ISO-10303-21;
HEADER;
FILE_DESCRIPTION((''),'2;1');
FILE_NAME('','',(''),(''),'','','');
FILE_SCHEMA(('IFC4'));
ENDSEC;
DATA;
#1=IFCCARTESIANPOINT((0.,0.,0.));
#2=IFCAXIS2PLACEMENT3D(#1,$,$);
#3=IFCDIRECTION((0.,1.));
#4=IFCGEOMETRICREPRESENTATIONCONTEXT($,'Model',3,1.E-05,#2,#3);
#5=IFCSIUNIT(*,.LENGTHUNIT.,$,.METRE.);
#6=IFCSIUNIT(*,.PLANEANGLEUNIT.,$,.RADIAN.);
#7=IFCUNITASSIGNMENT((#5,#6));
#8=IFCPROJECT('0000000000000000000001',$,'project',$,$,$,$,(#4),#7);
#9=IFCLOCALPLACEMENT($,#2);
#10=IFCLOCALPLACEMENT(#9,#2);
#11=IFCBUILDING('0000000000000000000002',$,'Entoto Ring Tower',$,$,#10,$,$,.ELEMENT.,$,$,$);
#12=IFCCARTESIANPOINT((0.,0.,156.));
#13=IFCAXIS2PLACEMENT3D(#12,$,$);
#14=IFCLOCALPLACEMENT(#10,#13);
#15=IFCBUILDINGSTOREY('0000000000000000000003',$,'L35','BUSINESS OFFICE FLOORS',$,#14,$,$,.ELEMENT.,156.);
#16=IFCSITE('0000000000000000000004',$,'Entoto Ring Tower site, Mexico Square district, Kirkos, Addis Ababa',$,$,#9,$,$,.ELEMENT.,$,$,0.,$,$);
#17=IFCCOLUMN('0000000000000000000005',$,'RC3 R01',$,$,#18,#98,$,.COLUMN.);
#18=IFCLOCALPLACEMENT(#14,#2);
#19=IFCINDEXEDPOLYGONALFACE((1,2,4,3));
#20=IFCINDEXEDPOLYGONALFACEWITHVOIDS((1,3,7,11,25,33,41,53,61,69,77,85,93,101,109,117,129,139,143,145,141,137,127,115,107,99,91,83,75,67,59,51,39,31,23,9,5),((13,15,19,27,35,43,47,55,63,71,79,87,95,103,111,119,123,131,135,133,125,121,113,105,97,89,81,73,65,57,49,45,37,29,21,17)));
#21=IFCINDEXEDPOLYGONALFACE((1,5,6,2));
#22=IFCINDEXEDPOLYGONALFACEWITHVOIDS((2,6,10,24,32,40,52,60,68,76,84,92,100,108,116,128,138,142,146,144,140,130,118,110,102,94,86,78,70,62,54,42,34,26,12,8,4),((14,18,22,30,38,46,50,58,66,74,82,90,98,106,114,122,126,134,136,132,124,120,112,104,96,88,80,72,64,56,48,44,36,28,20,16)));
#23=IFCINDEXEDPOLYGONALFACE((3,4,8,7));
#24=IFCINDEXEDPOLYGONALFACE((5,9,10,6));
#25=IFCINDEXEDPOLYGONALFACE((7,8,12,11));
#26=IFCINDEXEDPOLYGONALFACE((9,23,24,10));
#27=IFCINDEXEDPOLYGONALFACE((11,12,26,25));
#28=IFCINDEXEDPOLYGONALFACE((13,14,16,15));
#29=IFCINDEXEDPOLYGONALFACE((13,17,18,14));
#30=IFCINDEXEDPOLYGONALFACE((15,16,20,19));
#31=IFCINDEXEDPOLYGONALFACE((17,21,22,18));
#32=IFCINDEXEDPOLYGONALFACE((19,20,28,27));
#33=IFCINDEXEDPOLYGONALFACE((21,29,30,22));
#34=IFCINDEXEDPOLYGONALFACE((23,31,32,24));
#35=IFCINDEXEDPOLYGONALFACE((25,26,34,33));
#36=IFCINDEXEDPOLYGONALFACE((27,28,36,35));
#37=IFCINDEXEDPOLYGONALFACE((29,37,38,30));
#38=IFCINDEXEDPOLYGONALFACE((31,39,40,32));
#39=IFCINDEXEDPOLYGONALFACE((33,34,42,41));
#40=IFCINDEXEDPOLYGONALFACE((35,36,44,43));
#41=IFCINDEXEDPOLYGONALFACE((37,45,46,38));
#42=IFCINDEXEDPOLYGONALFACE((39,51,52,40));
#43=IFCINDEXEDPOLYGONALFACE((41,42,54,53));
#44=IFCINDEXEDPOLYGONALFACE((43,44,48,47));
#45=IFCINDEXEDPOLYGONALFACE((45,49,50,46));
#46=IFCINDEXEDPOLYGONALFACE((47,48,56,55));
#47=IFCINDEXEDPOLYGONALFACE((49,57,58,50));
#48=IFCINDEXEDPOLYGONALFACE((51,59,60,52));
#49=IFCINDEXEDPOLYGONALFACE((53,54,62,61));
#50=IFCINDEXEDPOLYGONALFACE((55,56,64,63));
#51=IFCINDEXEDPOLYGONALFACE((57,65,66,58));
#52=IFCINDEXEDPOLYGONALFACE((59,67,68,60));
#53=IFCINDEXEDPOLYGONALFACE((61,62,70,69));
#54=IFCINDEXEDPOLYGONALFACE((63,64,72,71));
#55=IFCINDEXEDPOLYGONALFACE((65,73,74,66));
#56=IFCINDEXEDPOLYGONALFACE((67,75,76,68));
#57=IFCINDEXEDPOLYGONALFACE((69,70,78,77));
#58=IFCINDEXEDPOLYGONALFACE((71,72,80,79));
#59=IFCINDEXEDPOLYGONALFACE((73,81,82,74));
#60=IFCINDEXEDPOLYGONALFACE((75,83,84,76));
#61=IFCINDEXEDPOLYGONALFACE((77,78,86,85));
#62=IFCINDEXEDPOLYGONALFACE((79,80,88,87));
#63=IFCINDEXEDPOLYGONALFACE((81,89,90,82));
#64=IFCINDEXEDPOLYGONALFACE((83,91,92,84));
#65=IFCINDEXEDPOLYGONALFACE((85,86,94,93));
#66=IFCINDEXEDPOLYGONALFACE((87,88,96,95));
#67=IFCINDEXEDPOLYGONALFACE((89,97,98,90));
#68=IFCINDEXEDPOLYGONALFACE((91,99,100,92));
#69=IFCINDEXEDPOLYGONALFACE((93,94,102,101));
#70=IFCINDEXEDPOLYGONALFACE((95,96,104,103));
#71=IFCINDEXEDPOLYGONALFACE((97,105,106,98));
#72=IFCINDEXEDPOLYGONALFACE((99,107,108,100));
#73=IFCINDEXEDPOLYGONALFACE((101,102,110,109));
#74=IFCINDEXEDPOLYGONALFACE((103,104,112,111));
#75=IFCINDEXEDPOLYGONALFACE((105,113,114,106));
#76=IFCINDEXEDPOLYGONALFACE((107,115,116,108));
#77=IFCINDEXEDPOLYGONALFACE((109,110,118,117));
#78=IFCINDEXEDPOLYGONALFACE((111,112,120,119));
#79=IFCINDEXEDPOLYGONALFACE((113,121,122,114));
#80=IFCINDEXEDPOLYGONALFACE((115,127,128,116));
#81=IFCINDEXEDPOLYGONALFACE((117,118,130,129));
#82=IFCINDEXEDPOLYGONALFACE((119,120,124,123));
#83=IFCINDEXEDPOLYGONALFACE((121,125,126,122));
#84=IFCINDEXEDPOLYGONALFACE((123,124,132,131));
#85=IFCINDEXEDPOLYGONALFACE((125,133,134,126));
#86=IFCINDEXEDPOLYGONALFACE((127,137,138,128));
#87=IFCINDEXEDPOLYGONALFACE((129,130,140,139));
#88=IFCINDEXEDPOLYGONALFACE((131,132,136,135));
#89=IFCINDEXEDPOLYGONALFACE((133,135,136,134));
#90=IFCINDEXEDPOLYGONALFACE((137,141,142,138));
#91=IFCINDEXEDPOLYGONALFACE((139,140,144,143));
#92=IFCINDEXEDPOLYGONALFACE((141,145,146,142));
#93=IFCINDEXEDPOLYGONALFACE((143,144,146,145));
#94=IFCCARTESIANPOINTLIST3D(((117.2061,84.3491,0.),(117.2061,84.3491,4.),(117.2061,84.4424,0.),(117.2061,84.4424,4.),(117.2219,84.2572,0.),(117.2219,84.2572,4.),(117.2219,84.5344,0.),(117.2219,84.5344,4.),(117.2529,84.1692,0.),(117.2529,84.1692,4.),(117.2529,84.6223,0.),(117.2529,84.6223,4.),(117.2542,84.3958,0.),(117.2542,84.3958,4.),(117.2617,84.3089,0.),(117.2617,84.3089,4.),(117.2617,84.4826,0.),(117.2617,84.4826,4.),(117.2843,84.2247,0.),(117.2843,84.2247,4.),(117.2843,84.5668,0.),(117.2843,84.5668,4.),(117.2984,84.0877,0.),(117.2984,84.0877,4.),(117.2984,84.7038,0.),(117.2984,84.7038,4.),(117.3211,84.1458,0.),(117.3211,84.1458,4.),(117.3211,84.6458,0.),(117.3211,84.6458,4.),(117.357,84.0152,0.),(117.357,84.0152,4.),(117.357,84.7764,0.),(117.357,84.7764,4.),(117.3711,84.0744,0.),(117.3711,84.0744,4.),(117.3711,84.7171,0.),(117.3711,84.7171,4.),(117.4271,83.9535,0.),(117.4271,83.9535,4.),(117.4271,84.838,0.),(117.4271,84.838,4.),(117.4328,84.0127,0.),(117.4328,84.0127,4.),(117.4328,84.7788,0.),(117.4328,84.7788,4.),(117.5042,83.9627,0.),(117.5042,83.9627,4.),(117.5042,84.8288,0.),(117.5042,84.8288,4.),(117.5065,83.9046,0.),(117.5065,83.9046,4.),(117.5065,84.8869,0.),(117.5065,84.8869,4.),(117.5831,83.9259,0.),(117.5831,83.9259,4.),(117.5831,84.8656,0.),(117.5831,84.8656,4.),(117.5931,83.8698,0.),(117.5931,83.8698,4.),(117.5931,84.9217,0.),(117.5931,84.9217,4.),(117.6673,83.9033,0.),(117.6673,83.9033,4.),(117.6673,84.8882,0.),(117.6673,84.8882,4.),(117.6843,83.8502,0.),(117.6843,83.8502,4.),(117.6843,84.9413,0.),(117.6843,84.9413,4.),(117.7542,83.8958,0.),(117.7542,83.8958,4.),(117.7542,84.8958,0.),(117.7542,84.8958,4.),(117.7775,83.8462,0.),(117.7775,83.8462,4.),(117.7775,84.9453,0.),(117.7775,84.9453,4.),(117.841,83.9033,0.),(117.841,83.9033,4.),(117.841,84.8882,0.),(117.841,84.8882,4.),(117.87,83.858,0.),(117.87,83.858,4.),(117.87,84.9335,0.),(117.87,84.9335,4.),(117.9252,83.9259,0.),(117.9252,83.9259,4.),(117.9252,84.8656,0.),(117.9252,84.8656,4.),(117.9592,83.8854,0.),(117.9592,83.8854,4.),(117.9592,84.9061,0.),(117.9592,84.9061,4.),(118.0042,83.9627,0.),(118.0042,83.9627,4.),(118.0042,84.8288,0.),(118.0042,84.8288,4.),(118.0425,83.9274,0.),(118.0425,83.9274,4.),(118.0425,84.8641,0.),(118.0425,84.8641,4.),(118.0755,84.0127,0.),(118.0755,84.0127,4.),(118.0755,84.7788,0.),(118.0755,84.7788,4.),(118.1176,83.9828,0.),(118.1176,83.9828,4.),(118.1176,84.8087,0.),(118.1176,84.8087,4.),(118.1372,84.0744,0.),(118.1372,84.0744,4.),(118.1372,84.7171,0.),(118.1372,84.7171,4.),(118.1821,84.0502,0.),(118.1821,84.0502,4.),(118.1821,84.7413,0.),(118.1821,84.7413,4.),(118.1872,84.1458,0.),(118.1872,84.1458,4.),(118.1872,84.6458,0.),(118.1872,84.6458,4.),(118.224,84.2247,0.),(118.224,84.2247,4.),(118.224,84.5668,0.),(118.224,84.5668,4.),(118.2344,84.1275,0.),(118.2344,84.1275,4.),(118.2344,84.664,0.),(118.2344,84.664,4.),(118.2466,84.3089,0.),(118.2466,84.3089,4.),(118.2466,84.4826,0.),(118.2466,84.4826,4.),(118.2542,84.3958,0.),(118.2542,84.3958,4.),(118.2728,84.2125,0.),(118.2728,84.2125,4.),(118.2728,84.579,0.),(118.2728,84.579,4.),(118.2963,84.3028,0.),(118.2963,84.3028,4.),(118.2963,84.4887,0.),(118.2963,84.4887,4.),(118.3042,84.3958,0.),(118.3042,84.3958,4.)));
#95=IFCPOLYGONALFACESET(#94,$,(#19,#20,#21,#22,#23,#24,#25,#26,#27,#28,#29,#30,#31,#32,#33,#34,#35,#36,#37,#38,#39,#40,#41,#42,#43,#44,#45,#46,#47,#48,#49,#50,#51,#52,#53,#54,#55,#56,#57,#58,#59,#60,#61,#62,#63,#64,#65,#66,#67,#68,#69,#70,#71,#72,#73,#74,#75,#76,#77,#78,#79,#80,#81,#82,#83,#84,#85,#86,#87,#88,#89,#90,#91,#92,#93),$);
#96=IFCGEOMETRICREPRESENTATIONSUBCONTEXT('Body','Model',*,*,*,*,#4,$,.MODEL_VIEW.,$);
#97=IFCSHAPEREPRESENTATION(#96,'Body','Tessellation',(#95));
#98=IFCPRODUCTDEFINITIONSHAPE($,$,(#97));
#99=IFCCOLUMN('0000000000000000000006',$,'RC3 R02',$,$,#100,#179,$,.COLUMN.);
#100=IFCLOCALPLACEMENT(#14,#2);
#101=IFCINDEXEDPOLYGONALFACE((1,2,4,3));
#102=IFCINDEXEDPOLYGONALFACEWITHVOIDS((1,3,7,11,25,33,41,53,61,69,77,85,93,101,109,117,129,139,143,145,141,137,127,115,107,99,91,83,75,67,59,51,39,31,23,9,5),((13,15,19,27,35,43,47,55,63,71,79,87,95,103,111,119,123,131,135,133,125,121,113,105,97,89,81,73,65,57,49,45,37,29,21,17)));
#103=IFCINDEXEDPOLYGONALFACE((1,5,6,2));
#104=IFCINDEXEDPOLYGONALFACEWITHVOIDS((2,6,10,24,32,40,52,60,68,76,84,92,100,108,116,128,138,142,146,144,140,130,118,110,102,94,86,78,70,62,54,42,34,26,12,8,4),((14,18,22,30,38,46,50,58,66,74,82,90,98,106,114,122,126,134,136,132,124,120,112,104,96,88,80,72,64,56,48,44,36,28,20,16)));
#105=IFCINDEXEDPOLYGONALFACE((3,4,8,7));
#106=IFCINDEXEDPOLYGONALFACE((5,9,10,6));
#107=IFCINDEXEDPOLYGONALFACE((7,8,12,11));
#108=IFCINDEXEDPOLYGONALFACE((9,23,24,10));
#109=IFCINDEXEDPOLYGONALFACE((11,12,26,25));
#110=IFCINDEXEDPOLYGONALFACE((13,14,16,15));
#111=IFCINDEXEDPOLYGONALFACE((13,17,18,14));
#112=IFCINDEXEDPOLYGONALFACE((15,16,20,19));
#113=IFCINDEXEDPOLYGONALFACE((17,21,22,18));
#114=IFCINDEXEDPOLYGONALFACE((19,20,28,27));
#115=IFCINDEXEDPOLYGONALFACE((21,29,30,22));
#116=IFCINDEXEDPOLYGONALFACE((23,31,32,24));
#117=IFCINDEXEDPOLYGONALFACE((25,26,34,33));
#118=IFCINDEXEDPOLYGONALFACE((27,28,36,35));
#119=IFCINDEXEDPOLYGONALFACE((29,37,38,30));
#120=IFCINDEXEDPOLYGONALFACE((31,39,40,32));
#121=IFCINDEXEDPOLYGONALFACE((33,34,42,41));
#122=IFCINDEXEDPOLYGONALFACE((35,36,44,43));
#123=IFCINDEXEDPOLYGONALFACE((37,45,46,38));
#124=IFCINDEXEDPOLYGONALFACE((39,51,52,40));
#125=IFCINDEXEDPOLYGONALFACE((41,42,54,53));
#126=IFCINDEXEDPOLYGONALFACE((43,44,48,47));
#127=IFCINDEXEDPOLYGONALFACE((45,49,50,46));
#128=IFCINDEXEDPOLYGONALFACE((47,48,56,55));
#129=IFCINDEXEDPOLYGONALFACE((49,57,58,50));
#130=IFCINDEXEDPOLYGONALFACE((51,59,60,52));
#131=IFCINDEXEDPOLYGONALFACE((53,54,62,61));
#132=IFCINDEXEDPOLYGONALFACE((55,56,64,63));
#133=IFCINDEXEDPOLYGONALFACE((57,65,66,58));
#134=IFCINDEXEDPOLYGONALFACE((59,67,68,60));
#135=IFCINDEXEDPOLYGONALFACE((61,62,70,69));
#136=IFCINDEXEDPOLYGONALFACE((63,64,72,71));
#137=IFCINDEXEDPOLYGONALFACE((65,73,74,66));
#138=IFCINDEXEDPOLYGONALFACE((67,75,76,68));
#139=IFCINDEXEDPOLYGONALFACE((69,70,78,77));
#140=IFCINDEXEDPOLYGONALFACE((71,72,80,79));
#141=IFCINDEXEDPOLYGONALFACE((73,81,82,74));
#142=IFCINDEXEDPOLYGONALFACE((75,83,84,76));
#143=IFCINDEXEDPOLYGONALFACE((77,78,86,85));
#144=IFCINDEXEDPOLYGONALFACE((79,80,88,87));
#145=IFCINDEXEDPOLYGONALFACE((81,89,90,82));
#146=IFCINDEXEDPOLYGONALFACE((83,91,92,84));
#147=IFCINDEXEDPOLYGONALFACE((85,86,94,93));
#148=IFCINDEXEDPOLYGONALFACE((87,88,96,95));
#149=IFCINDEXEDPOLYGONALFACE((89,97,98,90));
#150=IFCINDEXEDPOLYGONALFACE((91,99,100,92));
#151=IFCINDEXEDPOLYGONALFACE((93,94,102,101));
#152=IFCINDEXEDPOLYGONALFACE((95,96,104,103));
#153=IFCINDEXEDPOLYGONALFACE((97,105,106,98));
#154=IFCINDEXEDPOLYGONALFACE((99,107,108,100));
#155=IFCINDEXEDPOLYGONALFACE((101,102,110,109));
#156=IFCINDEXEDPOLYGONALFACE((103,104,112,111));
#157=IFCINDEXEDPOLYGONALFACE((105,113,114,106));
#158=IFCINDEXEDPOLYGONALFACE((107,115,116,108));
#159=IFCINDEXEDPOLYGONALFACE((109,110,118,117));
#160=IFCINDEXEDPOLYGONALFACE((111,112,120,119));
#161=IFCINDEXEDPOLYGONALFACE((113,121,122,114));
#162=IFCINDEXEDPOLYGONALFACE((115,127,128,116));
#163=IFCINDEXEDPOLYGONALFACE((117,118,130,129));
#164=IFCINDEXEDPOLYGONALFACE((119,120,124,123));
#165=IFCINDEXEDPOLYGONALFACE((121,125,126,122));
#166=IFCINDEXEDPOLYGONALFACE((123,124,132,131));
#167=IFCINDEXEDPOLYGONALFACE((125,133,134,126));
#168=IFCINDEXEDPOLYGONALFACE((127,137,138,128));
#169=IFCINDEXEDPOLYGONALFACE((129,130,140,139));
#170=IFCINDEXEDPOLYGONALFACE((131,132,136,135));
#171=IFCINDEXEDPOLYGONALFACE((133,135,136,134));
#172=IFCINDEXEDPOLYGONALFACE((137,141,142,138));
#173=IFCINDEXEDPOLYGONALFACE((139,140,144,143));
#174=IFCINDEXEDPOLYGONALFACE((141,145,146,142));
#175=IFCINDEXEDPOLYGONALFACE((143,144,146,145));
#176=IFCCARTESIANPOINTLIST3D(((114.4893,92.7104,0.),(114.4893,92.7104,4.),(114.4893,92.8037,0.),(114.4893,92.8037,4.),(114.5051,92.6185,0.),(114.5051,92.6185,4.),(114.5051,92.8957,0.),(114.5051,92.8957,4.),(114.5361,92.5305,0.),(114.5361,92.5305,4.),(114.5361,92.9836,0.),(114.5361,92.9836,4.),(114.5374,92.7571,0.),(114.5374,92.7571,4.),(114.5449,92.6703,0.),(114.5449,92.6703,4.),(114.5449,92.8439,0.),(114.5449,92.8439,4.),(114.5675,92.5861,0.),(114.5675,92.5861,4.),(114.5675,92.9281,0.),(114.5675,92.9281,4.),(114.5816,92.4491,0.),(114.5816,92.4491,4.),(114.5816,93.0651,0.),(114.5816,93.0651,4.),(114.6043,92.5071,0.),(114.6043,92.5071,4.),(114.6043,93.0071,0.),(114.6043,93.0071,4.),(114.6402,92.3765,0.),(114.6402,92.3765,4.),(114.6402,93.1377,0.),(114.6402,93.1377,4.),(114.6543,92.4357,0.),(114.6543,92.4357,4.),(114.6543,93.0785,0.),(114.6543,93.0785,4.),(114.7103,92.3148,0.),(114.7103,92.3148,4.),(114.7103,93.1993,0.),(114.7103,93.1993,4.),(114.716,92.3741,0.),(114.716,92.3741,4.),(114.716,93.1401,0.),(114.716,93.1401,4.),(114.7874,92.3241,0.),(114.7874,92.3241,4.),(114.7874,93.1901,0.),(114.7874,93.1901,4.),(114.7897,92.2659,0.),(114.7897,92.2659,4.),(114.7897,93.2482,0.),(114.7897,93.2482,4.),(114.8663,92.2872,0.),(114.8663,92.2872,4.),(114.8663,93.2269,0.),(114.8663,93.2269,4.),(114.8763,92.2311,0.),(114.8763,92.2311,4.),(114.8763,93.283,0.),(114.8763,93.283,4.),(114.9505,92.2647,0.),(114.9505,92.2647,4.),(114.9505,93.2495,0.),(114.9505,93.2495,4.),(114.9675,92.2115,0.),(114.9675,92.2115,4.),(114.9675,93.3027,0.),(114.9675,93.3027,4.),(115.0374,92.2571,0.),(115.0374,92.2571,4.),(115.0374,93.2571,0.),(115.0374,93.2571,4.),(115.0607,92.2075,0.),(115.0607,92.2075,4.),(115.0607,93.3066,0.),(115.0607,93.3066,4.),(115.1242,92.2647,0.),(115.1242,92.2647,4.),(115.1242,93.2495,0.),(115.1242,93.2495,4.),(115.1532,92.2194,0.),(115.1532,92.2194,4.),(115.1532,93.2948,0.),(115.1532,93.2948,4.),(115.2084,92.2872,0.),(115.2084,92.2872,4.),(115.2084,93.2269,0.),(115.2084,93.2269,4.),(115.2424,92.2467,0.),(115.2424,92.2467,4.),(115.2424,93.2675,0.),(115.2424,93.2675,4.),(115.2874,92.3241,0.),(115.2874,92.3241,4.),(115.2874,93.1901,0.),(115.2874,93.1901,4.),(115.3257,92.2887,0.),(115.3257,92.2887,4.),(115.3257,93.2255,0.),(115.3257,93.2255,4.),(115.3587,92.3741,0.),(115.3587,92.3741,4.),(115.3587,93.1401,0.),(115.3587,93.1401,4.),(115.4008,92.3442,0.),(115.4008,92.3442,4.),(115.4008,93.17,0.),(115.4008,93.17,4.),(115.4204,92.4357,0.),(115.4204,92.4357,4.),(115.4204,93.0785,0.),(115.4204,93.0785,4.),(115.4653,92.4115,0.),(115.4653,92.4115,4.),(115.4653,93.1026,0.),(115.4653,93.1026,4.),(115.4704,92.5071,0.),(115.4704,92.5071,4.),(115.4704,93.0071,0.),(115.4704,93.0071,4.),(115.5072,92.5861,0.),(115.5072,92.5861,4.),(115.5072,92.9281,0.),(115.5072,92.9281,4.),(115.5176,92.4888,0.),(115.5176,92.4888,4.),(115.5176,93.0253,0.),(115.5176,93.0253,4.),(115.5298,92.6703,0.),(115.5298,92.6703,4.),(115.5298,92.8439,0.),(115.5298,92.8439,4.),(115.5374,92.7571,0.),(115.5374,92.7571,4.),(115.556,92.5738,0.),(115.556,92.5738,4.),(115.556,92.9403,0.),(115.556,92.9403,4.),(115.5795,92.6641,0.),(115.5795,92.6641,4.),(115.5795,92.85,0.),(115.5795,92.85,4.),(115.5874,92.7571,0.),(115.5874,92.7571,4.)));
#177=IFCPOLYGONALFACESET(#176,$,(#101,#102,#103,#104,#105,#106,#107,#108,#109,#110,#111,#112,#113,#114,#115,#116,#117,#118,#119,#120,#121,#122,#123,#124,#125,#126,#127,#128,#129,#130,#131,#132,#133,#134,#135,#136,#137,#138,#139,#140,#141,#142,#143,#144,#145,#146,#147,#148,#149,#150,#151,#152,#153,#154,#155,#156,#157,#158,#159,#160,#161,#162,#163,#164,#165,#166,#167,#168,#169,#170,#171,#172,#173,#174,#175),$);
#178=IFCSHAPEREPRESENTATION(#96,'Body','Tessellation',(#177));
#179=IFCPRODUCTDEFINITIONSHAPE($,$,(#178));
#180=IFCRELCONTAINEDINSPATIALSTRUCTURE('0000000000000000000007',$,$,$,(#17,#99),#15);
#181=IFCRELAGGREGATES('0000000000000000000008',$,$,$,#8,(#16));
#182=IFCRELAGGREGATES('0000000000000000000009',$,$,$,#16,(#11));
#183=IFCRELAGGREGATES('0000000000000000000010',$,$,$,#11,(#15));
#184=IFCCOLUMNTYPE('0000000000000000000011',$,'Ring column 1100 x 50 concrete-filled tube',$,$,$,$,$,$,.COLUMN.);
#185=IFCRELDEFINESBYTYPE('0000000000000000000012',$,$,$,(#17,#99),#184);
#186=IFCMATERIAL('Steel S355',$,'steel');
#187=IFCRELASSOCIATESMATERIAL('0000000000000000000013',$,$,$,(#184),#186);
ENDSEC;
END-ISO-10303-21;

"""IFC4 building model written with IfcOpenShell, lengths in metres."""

from ifc_helpers import new_model, si_unit, direction, frame, origin, origin_2d, place, context, subcontext, project, spatial, circle, hollow_circle, extrude, material, material_profile, profile_set, type_object, element, save


model = new_model("IFC4")

# Units and contexts
model_context = context("Model", 3, precision=1e-05, world=origin(), true_north=direction((0.0, 1.0)))
body_context = subcontext(model_context, "Body", "Model", "MODEL_VIEW")
ifc_project = project(units=[si_unit("LENGTHUNIT", "METRE"), si_unit("PLANEANGLEUNIT", "RADIAN")], contexts=[model_context])

# Site, building, storey
site_placement = place(None, origin())
site = spatial("IfcSite", under=ifc_project, at=site_placement, Name="Entoto Ring Tower site, Mexico Square district, Kirkos, Addis Ababa", CompositionType="ELEMENT", RefElevation=0.0)
building_placement = place(site_placement, origin())
building = spatial("IfcBuilding", under=site, at=building_placement, Name="Entoto Ring Tower", CompositionType="ELEMENT")
storey_placement = place(building_placement, frame((0.0, 0.0, 156.0)))
storey = spatial("IfcBuildingStorey", under=building, at=storey_placement, Name="L35", Description="BUSINESS OFFICE FLOORS", CompositionType="ELEMENT", Elevation=156.0)

# Columns
ifc_material_1 = material(Name="Steel S355", Category="steel")
ifc_material_profile_1 = material_profile(ifc_material_1, hollow_circle(Radius=0.55, WallThickness=0.05, at=origin_2d()), Name="CHS 1100 x 50")
ifc_material_2 = material(Name="Concrete C60/75", Category="concrete")
ifc_material_profile_2 = material_profile(ifc_material_2, circle(Radius=0.5, at=origin_2d()), Name="Concrete C60/75 infill")
ifc_profile_set_1 = profile_set([ifc_material_profile_1, ifc_material_profile_2], Name="Steel S355")
column_type = type_object("IfcColumnType", Name="Ring column 1100 x 50 concrete-filled tube", PredefinedType="COLUMN", material=ifc_profile_set_1)
for number, where, z_axis, x_axis, name in (
    (1, (117.7542, 84.3958, 0.0), (0.0, 0.0, 1.0), (1.0, 0.0, 0.0), "RC3 R01"),
    (2, (115.0374, 92.7571, 0.0), (0.0, 0.0, 1.0), (1.0, 0.0, 0.0), "RC3 R02"),
):
    element("IfcColumn", number, at=place(storey_placement, frame(where, z_axis=z_axis, x_axis=x_axis)), inside=storey, type_object=column_type, Name=name, PredefinedType="COLUMN", context=body_context, shape_type="SweptSolid", body=[
        extrude(hollow_circle(Radius=0.55, WallThickness=0.05, at=origin_2d()), origin(), (0.0, 0.0, 1.0), 4.0),
    ])

save(model, "model.ifc")
